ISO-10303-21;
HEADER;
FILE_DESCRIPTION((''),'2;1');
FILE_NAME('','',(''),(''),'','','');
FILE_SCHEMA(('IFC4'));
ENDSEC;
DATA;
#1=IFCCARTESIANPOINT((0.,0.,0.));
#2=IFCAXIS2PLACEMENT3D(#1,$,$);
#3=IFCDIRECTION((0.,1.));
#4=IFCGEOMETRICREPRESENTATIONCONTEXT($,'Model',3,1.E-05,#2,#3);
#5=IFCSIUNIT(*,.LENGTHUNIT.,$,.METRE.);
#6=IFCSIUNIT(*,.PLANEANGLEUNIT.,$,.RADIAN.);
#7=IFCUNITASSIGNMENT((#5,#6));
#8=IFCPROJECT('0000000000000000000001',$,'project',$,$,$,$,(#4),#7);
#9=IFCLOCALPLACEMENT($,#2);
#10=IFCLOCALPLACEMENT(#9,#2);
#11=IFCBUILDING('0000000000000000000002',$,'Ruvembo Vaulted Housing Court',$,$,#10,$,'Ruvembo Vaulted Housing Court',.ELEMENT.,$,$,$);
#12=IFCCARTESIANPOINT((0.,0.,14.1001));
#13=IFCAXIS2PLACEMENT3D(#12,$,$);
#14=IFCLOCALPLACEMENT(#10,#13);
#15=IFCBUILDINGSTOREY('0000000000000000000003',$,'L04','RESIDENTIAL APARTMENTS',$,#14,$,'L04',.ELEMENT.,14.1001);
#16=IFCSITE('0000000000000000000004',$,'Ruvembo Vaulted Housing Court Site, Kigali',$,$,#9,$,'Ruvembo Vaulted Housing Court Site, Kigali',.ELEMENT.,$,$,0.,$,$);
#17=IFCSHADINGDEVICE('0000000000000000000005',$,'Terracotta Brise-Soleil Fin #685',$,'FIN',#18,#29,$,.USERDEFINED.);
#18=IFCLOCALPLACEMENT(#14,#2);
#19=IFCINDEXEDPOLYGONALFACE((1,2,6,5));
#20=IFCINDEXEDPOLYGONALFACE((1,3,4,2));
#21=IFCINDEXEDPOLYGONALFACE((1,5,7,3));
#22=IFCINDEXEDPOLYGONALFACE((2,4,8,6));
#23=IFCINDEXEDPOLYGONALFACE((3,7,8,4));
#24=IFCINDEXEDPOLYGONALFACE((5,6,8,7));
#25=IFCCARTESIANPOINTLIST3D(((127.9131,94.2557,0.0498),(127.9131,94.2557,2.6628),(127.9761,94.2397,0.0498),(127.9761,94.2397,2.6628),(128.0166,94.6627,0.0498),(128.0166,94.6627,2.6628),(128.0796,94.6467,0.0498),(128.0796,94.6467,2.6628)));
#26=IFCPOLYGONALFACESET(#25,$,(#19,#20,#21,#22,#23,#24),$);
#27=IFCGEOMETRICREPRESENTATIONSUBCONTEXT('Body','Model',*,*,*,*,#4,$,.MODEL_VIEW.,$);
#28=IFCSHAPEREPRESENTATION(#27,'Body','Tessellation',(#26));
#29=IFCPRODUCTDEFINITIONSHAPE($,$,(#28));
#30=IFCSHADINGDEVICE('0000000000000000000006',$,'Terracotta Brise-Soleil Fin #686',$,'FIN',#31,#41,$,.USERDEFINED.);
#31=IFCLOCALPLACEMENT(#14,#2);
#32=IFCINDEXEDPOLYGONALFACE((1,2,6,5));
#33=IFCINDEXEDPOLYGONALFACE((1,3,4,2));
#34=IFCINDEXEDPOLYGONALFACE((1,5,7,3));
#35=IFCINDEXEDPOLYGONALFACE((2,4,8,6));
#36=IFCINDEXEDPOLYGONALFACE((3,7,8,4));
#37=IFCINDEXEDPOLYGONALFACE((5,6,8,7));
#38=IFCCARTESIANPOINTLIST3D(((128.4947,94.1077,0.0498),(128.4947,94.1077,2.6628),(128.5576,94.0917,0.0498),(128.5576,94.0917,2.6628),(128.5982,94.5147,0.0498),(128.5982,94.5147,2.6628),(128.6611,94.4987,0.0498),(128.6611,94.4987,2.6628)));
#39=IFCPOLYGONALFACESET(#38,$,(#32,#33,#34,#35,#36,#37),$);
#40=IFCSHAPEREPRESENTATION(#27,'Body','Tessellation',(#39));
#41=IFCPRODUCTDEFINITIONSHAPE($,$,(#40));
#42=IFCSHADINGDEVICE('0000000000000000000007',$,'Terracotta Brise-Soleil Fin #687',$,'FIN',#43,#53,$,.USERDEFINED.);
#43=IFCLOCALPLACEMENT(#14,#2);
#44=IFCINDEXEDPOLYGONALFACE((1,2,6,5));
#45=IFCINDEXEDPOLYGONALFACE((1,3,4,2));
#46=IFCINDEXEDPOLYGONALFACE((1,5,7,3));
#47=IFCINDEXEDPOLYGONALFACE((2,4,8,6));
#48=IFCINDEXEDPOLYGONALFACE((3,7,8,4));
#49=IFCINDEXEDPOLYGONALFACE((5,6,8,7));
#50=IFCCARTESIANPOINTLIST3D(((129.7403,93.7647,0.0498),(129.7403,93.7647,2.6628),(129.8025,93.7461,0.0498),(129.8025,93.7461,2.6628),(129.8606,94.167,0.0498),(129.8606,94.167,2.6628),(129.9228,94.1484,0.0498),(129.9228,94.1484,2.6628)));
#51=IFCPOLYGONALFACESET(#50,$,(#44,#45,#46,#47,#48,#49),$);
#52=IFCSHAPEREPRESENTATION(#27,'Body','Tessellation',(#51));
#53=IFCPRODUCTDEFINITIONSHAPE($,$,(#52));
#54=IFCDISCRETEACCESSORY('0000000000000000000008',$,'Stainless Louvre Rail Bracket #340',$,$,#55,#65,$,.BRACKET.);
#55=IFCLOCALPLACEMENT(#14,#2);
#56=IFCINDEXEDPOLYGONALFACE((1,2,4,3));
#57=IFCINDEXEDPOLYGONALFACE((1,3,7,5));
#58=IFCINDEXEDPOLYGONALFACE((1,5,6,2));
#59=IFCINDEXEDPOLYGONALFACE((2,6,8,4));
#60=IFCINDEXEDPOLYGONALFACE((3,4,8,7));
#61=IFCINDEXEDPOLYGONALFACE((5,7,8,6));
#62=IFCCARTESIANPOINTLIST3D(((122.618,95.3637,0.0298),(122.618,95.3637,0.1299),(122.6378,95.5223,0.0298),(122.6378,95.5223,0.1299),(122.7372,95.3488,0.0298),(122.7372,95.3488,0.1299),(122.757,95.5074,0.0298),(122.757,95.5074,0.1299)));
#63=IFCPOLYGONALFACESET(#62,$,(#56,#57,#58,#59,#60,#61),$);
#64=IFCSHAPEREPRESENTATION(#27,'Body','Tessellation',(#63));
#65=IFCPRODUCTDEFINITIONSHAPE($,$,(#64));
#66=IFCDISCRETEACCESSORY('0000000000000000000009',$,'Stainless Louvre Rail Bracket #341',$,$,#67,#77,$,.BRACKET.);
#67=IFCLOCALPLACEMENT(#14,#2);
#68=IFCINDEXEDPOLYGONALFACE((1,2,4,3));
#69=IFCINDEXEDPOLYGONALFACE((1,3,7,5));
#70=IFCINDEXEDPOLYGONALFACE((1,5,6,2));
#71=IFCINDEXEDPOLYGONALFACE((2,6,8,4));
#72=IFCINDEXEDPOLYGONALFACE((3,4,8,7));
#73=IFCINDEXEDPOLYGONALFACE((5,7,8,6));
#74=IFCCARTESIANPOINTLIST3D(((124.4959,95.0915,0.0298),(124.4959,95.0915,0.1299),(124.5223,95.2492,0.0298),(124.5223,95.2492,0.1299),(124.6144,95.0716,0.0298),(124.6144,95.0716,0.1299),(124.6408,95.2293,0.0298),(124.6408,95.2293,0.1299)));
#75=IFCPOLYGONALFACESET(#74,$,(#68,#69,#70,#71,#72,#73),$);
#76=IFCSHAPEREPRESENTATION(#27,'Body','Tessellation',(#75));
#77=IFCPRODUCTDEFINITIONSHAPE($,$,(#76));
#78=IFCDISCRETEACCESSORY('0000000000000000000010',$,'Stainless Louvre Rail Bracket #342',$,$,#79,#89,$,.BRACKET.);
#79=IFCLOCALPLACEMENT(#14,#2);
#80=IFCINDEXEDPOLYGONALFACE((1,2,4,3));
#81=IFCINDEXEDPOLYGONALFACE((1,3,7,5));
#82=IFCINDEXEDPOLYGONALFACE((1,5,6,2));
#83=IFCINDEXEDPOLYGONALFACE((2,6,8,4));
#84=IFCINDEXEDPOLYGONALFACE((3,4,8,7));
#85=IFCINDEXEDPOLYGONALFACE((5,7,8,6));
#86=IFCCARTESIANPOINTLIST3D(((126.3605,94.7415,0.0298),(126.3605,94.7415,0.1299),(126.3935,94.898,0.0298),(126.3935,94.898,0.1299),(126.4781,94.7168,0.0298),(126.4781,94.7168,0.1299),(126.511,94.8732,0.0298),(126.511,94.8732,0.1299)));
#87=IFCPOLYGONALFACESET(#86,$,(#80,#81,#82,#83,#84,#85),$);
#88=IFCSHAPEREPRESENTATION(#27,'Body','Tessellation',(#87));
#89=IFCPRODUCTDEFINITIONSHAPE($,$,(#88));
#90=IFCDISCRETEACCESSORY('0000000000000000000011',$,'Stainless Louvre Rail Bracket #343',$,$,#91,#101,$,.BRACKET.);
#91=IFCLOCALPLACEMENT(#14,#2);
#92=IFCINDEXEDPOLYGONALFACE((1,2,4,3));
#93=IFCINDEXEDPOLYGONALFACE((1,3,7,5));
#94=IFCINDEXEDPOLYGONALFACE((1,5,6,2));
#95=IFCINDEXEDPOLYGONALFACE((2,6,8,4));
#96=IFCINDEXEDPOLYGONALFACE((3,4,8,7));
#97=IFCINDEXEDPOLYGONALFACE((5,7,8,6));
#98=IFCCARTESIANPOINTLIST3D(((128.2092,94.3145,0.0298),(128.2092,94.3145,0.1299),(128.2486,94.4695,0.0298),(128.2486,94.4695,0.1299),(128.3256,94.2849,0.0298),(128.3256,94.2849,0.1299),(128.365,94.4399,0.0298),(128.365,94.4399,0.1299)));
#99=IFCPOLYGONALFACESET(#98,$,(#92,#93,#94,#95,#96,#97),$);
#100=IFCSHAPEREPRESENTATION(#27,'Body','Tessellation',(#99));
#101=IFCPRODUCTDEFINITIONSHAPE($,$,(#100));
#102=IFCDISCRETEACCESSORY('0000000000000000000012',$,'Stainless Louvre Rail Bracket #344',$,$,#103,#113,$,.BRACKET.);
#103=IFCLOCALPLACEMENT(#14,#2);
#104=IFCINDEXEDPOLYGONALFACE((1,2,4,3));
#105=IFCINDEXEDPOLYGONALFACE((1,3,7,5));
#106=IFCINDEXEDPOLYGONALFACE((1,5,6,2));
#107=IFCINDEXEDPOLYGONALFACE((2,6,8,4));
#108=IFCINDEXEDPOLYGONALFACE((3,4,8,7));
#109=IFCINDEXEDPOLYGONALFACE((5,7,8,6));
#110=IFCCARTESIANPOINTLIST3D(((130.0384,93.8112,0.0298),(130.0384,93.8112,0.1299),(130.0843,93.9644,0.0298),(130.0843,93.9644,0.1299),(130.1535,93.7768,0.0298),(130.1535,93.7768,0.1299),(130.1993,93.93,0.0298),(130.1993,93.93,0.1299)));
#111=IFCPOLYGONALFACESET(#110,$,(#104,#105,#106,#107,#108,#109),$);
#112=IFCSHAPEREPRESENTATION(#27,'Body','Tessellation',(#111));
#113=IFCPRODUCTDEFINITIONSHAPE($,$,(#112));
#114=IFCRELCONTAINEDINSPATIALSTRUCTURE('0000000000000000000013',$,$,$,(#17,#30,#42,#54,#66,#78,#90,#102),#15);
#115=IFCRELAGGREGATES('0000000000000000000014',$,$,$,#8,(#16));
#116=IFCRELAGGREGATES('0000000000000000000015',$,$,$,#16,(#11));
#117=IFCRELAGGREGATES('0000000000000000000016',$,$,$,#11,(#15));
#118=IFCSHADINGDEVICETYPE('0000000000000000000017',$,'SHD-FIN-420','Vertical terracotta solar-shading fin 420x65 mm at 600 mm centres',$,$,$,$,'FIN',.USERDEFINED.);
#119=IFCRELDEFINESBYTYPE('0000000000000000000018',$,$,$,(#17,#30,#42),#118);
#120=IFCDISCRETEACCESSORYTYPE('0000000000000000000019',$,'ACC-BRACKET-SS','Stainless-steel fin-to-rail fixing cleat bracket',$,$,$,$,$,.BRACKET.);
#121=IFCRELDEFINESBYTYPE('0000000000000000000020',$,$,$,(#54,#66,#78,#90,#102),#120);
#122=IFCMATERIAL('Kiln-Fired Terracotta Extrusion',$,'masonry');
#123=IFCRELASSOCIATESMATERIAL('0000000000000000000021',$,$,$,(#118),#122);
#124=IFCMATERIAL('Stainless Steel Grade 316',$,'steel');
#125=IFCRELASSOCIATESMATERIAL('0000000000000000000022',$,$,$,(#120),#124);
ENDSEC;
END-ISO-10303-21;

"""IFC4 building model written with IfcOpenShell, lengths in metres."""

from ifc_helpers import new_model, si_unit, direction, frame, origin, origin_2d, place, context, subcontext, project, spatial, rectangle, extrude, material, type_object, element, save


model = new_model("IFC4")

# Units and contexts
model_context = context("Model", 3, precision=1e-05, world=origin(), true_north=direction((0.0, 1.0)))
body_context = subcontext(model_context, "Body", "Model", "MODEL_VIEW")
ifc_project = project(units=[si_unit("LENGTHUNIT", "METRE"), si_unit("PLANEANGLEUNIT", "RADIAN")], contexts=[model_context])

# Site, building, storey
site_placement = place(None, origin())
site = spatial("IfcSite", under=ifc_project, at=site_placement, Name="Ruvembo Vaulted Housing Court Site, Kigali", LongName="Ruvembo Vaulted Housing Court Site, Kigali", CompositionType="ELEMENT", RefElevation=0.0)
building_placement = place(site_placement, origin())
building = spatial("IfcBuilding", under=site, at=building_placement, Name="Ruvembo Vaulted Housing Court", LongName="Ruvembo Vaulted Housing Court", CompositionType="ELEMENT")
storey_placement = place(building_placement, frame((0.0, 0.0, 14.1001)))
storey = spatial("IfcBuildingStorey", under=building, at=storey_placement, Name="L04", Description="RESIDENTIAL APARTMENTS", LongName="L04", CompositionType="ELEMENT", Elevation=14.1001)

# Shading devices
ifc_material_1 = material(Name="Kiln-Fired Terracotta Extrusion", Category="masonry")
shading_device_type = type_object("IfcShadingDeviceType", Name="SHD-FIN-420", Description="Vertical terracotta solar-shading fin 420x65 mm at 600 mm centres", ElementType="FIN", PredefinedType="USERDEFINED", material=ifc_material_1)
for number, where, z_axis, x_axis, name in (
    (1, (127.9963, 94.4512, 0.0498), (0.0, 0.0, 1.0), (-0.246492, -0.969145, 0.0), "Terracotta Brise-Soleil Fin #685"),
    (2, (128.5779, 94.3032, 0.0498), (0.0, 0.0, 1.0), (-0.246492, -0.969145, 0.0), "Terracotta Brise-Soleil Fin #686"),
    (3, (129.8315, 93.9565, 0.0498), (0.0, 0.0, 1.0), (-0.286491, -0.958083, 0.0), "Terracotta Brise-Soleil Fin #687"),
):
    element("IfcShadingDevice", number, at=place(storey_placement, frame(where, z_axis=z_axis, x_axis=x_axis)), inside=storey, type_object=shading_device_type, Name=name, ObjectType="FIN", PredefinedType="USERDEFINED", context=body_context, shape_type="SweptSolid", body=[
        extrude(rectangle(XDim=0.4199, YDim=0.0649, at=origin_2d()), origin(), (0.0, 0.0, 1.0), 2.613),
    ])

# Discrete accessories
ifc_material_2 = material(Name="Stainless Steel Grade 316", Category="steel")
discrete_accessory_type = type_object("IfcDiscreteAccessoryType", Name="ACC-BRACKET-SS", Description="Stainless-steel fin-to-rail fixing cleat bracket", PredefinedType="BRACKET", material=ifc_material_2)
for number, where, z_axis, x_axis, name in (
    (4, (122.6875, 95.4355, 0.0298), (0.0, 0.0, 1.0), (-0.12419, -0.992258, 0.0), "Stainless Louvre Rail Bracket #340"),
    (5, (124.5684, 95.1604, 0.0298), (0.0, 0.0, 1.0), (-0.165271, -0.986248, 0.0), "Stainless Louvre Rail Bracket #341"),
    (6, (126.4358, 94.8074, 0.0298), (0.0, 0.0, 1.0), (-0.206102, -0.978531, 0.0), "Stainless Louvre Rail Bracket #342"),
    (7, (128.2871, 94.3772, 0.0298), (0.0, 0.0, 1.0), (-0.246492, -0.969145, 0.0), "Stainless Louvre Rail Bracket #343"),
    (8, (130.1189, 93.8706, 0.0298), (0.0, 0.0, 1.0), (-0.286491, -0.958083, 0.0), "Stainless Louvre Rail Bracket #344"),
):
    element("IfcDiscreteAccessory", number, at=place(storey_placement, frame(where, z_axis=z_axis, x_axis=x_axis)), inside=storey, type_object=discrete_accessory_type, Name=name, PredefinedType="BRACKET", context=body_context, shape_type="SweptSolid", body=[
        extrude(rectangle(XDim=0.1599, YDim=0.1201, at=origin_2d()), origin(), (0.0, 0.0, 1.0), 0.1001),
    ])

save(model, "model.ifc")
